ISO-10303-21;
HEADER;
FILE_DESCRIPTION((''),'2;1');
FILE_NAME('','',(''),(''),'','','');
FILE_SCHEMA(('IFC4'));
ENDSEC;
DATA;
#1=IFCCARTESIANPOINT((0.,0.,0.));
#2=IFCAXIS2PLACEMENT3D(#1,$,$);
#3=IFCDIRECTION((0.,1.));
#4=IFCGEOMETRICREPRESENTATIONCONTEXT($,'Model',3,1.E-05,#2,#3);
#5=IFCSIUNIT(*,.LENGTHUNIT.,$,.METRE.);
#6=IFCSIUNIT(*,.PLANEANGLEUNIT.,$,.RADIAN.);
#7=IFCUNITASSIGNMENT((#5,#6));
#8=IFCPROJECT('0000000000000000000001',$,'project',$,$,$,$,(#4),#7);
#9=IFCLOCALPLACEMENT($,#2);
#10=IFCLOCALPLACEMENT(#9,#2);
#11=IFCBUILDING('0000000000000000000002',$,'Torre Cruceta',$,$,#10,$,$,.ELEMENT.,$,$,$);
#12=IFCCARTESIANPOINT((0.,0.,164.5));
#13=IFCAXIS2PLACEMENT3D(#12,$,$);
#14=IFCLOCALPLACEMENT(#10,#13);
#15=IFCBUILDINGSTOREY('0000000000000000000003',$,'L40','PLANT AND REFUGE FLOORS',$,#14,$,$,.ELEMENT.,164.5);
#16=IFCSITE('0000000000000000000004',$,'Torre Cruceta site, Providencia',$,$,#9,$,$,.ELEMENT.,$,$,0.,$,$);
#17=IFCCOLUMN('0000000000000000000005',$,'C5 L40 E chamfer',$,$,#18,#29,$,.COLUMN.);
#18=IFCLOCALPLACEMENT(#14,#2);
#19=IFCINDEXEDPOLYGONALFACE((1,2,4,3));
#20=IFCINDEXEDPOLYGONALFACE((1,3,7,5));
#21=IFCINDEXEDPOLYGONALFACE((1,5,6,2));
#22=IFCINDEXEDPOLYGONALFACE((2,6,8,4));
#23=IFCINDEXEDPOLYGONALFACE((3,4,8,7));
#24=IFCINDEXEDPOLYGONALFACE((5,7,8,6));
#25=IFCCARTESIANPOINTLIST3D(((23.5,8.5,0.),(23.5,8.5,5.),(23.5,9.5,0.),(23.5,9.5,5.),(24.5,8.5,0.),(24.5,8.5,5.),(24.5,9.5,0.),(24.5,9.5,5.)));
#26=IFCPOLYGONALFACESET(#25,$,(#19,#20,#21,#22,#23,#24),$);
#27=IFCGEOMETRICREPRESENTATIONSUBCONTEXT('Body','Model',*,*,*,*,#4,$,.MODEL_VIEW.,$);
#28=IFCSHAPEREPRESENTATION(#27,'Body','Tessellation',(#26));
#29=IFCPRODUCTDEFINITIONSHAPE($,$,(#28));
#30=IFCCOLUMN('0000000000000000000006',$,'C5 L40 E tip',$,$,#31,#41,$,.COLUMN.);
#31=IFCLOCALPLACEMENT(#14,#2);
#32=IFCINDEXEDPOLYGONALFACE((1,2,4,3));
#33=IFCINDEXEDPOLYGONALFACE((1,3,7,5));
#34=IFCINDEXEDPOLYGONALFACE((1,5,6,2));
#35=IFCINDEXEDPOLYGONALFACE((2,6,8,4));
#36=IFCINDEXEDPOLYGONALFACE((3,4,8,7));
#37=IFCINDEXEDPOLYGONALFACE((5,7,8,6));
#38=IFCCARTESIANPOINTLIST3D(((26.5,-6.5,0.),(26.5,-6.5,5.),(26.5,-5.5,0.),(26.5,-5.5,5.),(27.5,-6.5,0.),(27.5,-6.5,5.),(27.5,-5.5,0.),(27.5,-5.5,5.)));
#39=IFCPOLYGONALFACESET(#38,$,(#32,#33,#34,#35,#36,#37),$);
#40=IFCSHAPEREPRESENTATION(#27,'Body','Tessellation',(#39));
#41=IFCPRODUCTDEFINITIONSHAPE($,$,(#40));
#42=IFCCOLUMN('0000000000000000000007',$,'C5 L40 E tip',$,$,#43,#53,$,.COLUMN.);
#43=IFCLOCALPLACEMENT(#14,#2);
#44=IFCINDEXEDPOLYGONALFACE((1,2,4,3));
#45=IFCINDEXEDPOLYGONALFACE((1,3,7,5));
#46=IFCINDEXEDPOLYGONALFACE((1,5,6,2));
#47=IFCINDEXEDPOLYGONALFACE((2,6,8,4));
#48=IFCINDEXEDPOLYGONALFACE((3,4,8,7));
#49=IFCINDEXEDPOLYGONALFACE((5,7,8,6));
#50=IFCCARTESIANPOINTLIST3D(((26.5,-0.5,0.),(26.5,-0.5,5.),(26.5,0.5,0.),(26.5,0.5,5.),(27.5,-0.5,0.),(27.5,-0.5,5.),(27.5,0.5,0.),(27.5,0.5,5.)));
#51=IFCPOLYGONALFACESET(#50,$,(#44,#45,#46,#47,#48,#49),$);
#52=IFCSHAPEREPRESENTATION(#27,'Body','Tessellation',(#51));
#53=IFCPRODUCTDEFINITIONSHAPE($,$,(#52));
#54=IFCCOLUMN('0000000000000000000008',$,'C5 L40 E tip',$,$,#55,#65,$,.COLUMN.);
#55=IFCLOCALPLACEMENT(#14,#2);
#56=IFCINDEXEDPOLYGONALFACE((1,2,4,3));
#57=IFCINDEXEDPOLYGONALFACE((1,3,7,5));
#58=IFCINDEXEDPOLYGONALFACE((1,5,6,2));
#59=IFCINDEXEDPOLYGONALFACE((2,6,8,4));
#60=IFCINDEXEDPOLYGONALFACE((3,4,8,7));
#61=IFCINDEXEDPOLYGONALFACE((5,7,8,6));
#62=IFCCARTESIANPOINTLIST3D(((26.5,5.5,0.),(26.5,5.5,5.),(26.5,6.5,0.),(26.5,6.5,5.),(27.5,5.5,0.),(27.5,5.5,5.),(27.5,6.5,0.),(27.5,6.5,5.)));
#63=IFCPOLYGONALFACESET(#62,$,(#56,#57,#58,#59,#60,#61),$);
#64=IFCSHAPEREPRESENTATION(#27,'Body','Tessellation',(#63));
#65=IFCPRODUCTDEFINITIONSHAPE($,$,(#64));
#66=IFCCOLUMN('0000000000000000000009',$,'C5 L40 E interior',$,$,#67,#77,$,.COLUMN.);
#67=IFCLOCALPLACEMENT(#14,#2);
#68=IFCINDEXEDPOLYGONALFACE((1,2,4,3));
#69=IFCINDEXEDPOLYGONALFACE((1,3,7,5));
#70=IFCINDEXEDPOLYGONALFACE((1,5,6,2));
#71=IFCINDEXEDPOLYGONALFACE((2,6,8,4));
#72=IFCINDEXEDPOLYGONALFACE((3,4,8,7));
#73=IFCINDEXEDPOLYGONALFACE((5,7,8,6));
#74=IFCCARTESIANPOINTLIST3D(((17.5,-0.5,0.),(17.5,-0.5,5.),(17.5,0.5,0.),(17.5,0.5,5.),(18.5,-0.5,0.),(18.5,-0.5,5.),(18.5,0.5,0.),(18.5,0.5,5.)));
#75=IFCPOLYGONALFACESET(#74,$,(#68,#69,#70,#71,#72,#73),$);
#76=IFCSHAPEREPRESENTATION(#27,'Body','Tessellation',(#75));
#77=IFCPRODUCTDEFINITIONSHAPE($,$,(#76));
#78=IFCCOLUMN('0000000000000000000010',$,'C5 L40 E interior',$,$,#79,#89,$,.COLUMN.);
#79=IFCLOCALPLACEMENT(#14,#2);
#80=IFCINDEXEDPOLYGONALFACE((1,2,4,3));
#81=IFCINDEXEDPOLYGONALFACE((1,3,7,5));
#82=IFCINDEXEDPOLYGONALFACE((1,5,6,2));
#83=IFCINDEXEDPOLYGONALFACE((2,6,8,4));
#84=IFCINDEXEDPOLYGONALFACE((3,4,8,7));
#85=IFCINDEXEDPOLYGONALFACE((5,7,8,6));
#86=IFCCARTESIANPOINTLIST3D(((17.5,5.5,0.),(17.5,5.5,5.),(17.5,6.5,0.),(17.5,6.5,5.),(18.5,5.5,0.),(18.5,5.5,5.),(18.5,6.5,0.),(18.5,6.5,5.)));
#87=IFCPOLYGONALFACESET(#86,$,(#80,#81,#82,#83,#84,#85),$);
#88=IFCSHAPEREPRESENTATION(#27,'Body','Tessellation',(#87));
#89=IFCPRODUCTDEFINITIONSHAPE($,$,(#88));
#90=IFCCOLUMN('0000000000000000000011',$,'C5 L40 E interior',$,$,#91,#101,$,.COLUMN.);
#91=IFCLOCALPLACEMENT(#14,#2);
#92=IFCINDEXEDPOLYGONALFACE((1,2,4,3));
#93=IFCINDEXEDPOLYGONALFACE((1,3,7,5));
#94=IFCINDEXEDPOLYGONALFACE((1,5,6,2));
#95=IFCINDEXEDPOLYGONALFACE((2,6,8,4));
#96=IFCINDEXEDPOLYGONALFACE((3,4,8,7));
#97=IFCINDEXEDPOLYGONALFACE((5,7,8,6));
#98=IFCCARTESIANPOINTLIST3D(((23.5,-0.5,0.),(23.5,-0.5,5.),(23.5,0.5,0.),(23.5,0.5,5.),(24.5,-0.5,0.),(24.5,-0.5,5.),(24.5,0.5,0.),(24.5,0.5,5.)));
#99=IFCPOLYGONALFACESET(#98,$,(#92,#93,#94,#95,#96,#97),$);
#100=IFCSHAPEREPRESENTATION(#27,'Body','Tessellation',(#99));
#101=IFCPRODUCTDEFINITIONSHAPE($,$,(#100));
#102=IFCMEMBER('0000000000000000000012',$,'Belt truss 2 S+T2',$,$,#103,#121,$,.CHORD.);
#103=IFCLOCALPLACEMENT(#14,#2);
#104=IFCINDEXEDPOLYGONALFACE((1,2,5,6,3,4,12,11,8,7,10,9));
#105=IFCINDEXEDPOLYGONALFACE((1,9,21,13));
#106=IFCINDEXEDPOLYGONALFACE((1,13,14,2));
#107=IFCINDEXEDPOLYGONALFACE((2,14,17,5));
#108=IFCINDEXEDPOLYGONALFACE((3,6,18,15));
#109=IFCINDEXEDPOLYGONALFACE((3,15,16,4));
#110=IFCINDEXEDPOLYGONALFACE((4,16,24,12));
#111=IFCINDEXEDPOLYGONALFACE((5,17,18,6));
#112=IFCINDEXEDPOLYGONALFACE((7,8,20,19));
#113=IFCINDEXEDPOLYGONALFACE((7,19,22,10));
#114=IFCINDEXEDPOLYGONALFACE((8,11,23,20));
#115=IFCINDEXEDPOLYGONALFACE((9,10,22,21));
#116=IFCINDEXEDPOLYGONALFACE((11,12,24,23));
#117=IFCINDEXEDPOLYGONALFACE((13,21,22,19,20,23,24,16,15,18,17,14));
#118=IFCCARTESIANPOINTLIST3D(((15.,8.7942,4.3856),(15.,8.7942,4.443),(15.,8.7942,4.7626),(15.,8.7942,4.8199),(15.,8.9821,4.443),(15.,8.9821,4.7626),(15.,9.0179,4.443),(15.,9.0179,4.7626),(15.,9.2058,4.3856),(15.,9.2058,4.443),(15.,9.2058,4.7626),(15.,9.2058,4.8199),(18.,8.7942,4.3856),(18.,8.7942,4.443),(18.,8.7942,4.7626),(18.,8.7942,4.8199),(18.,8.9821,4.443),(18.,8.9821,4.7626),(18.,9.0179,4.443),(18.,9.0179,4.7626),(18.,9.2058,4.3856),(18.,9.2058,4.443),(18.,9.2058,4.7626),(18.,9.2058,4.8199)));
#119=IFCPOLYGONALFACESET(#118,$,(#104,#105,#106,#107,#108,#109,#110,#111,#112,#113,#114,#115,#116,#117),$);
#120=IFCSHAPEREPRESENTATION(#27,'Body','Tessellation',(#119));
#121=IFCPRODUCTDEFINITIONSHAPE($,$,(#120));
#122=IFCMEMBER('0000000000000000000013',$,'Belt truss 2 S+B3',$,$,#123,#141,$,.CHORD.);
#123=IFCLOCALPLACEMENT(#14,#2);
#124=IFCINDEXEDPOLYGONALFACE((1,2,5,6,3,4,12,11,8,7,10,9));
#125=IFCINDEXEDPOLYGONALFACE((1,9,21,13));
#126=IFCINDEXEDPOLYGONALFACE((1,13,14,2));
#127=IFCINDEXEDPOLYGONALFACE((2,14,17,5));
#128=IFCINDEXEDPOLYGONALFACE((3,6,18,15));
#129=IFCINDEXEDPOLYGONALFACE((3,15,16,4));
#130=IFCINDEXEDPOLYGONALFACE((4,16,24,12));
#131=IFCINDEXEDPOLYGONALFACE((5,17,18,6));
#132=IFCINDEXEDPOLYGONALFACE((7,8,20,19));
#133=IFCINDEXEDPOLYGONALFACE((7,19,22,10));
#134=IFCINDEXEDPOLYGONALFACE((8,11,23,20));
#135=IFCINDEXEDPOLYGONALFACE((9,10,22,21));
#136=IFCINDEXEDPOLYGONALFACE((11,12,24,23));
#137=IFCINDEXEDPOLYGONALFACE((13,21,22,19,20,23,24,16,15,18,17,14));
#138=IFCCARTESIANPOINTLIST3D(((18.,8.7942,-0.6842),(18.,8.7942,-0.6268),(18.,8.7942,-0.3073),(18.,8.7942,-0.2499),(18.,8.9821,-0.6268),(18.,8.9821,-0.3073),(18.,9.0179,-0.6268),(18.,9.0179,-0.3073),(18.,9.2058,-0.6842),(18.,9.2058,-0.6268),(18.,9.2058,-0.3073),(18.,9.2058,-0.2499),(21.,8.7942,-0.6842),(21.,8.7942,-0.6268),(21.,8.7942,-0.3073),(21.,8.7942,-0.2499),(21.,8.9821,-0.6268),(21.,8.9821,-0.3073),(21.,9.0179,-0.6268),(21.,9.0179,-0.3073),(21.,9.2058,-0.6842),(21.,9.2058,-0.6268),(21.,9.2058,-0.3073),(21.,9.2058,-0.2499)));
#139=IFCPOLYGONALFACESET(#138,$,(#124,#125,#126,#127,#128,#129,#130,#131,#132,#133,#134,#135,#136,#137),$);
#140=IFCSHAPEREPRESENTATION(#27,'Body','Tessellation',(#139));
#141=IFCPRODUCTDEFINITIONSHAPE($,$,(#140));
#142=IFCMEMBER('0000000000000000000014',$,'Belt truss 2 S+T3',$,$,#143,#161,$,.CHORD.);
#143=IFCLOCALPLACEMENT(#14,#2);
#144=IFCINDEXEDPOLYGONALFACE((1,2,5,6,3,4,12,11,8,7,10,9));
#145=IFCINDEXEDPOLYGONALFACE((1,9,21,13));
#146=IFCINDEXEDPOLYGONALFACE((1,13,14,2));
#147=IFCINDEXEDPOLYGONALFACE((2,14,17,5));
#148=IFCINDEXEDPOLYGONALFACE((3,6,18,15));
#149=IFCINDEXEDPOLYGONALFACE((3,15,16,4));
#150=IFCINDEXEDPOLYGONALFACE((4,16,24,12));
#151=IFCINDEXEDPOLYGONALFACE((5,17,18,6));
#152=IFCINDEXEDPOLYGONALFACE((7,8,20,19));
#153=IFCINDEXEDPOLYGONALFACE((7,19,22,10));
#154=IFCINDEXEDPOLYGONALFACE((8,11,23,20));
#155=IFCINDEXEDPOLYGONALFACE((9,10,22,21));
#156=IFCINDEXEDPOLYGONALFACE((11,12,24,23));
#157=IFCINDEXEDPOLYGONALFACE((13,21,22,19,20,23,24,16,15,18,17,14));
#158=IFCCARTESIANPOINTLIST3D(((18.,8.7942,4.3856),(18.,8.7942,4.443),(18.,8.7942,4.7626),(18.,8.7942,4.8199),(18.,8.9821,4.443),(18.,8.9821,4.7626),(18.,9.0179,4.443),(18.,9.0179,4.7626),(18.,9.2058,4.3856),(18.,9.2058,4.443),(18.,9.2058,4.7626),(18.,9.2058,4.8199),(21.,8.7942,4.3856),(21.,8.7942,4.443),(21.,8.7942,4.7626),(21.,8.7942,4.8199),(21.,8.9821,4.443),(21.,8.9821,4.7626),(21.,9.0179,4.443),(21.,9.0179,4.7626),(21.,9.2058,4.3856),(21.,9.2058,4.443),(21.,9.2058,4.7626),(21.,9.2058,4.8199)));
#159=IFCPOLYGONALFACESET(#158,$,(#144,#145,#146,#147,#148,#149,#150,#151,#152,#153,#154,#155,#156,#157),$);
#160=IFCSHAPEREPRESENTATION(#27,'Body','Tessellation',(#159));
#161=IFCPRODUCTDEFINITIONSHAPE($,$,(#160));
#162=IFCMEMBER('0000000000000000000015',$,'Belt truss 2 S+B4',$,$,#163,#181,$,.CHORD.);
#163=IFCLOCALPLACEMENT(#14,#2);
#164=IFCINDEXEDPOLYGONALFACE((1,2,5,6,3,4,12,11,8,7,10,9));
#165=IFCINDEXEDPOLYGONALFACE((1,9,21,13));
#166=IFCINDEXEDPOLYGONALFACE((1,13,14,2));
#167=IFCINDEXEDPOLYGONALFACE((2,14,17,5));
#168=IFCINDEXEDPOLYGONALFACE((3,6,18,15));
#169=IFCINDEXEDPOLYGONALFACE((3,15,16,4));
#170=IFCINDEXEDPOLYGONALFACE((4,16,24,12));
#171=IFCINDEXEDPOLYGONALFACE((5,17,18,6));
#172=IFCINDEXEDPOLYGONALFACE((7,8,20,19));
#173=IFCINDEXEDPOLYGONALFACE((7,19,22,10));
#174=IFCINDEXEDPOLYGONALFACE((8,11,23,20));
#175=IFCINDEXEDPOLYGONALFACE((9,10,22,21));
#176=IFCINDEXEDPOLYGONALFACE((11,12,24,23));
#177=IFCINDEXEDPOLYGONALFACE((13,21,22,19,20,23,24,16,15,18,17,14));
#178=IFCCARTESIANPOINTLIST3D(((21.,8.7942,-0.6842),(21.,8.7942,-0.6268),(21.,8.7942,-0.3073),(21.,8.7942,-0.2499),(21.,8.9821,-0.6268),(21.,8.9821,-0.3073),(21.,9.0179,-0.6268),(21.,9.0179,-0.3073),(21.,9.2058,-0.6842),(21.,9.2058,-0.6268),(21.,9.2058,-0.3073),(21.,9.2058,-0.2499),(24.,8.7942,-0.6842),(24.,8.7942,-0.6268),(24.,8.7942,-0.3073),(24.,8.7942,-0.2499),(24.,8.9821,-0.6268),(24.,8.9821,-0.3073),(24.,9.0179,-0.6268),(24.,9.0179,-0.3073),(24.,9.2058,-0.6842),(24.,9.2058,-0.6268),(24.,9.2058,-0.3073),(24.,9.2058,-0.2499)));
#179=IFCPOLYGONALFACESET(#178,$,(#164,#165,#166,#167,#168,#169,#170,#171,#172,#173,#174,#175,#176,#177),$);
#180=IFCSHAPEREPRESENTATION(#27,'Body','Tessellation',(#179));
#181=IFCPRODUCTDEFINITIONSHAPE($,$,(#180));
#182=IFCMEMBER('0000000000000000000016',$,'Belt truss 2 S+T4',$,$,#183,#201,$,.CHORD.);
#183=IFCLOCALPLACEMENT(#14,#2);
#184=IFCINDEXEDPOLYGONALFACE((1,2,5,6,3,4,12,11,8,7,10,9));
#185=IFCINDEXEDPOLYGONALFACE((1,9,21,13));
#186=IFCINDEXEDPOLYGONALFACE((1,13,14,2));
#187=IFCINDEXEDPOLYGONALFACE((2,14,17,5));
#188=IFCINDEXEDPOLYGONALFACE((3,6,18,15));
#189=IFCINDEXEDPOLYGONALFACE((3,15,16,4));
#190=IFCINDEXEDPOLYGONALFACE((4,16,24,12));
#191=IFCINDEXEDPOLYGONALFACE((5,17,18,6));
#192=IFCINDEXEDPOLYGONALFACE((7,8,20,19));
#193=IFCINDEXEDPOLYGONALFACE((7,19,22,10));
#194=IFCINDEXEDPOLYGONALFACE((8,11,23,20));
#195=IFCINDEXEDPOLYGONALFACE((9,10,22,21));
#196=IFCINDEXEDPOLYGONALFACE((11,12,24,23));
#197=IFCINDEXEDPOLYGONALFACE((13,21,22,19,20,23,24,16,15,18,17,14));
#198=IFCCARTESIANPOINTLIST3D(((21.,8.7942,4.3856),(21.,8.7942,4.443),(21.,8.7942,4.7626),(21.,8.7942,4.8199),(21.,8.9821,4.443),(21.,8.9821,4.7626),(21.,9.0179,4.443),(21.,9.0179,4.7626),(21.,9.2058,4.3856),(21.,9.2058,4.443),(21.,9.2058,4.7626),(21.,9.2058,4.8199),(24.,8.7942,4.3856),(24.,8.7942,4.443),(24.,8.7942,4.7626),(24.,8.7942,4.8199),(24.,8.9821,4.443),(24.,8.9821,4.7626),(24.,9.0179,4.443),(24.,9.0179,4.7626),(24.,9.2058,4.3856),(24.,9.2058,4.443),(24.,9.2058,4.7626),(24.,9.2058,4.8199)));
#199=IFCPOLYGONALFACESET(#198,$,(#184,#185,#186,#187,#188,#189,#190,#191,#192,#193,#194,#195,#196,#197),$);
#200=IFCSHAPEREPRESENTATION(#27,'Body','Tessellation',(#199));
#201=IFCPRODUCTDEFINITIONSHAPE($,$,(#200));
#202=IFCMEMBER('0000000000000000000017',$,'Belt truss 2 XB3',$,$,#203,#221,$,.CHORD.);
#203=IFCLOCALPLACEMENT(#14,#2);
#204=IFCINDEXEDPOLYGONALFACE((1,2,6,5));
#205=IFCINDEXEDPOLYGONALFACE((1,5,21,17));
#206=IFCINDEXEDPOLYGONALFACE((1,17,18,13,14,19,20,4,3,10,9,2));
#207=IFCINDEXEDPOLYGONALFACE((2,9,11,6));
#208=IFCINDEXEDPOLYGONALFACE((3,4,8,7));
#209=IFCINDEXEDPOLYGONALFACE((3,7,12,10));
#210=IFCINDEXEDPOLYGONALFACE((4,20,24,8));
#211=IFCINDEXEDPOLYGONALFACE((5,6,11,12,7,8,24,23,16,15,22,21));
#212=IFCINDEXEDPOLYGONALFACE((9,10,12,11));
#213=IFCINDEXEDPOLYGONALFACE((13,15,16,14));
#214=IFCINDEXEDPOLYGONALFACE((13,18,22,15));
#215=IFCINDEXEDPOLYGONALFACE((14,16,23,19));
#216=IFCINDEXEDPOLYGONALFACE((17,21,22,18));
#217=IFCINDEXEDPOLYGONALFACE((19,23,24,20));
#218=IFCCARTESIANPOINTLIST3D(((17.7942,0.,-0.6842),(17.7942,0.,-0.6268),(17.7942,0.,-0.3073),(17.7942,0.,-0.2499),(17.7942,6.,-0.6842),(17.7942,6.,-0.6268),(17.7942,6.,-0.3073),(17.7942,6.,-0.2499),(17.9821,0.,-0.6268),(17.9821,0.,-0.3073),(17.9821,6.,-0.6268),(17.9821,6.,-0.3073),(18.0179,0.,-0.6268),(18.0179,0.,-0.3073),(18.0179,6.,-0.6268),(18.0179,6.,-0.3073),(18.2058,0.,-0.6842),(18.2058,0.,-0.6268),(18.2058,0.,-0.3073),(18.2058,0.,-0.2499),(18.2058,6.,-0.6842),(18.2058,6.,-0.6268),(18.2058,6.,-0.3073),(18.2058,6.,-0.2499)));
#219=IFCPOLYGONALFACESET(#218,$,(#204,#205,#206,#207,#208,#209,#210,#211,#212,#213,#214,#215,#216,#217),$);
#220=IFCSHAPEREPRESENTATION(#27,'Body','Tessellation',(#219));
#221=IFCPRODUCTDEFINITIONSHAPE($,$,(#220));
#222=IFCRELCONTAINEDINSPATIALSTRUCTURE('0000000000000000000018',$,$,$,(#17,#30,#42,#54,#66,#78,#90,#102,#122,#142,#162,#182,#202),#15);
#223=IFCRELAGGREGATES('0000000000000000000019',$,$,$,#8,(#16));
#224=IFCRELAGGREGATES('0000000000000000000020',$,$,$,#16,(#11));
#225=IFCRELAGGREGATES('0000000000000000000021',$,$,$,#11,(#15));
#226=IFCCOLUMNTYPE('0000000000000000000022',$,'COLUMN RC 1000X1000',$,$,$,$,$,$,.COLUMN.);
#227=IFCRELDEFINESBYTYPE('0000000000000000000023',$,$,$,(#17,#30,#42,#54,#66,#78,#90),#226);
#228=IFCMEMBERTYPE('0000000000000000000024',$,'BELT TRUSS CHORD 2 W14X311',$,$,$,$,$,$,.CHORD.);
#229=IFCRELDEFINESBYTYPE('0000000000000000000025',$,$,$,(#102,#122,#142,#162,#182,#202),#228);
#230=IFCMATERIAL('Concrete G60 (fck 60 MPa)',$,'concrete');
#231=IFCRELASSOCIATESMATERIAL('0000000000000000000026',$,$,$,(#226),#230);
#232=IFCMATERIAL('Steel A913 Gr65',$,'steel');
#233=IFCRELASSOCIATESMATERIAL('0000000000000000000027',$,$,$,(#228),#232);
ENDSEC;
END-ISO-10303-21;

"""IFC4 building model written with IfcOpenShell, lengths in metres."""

from ifc_helpers import new_model, si_unit, direction, frame, origin, origin_2d, place, context, subcontext, project, spatial, rectangle, i_section, extrude, material, material_profile, profile_set, type_object, element, save


model = new_model("IFC4")

# Units and contexts
model_context = context("Model", 3, precision=1e-05, world=origin(), true_north=direction((0.0, 1.0)))
body_context = subcontext(model_context, "Body", "Model", "MODEL_VIEW")
ifc_project = project(units=[si_unit("LENGTHUNIT", "METRE"), si_unit("PLANEANGLEUNIT", "RADIAN")], contexts=[model_context])

# Site, building, storey
site_placement = place(None, origin())
site = spatial("IfcSite", under=ifc_project, at=site_placement, Name="Torre Cruceta site, Providencia", CompositionType="ELEMENT", RefElevation=0.0)
building_placement = place(site_placement, origin())
building = spatial("IfcBuilding", under=site, at=building_placement, Name="Torre Cruceta", CompositionType="ELEMENT")
storey_placement = place(building_placement, frame((0.0, 0.0, 164.5)))
storey = spatial("IfcBuildingStorey", under=building, at=storey_placement, Name="L40", Description="PLANT AND REFUGE FLOORS", CompositionType="ELEMENT", Elevation=164.5)

# Columns
ifc_material_1 = material(Name="Concrete G60 (fck 60 MPa)", Category="concrete")
ifc_material_profile_1 = material_profile(ifc_material_1, rectangle(XDim=1.0, YDim=1.0, at=origin_2d()), Name="RC 1000X1000")
ifc_profile_set_1 = profile_set([ifc_material_profile_1], Name="Concrete G60 (fck 60 MPa)")
column_type = type_object("IfcColumnType", Name="COLUMN RC 1000X1000", PredefinedType="COLUMN", material=ifc_profile_set_1)
for number, where, z_axis, x_axis, name in (
    (1, (24.0, 9.0, 0.0), (0.0, 0.0, 1.0), (1.0, 0.0, 0.0), "C5 L40 E chamfer"),
    (2, (27.0, -6.0, 0.0), (0.0, 0.0, 1.0), (1.0, 0.0, 0.0), "C5 L40 E tip"),
    (3, (27.0, 0.0, 0.0), (0.0, 0.0, 1.0), (1.0, 0.0, 0.0), "C5 L40 E tip"),
    (4, (27.0, 6.0, 0.0), (0.0, 0.0, 1.0), (1.0, 0.0, 0.0), "C5 L40 E tip"),
    (5, (18.0, 0.0, 0.0), (0.0, 0.0, 1.0), (1.0, 0.0, 0.0), "C5 L40 E interior"),
    (6, (18.0, 6.0, 0.0), (0.0, 0.0, 1.0), (1.0, 0.0, 0.0), "C5 L40 E interior"),
    (7, (24.0, 0.0, 0.0), (0.0, 0.0, 1.0), (1.0, 0.0, 0.0), "C5 L40 E interior"),
):
    element("IfcColumn", number, at=place(storey_placement, frame(where, z_axis=z_axis, x_axis=x_axis)), inside=storey, type_object=column_type, Name=name, PredefinedType="COLUMN", context=body_context, shape_type="SweptSolid", body=[
        extrude(rectangle(XDim=1.0, YDim=1.0, at=origin_2d()), origin(), (0.0, 0.0, 1.0), 5.0),
    ])

# Members
ifc_material_2 = material(Name="Steel A913 Gr65", Category="steel")
ifc_material_profile_2 = material_profile(ifc_material_2, i_section(OverallWidth=0.4116, OverallDepth=0.4343, WebThickness=0.0359, FlangeThickness=0.0574, at=origin_2d()), Name="W14X311")
ifc_profile_set_2 = profile_set([ifc_material_profile_2], Name="Steel A913 Gr65")
member_type_1 = type_object("IfcMemberType", Name="BELT TRUSS CHORD 2 W14X311", PredefinedType="CHORD", material=ifc_profile_set_2)
for number, where, z_axis, x_axis, name in (
    (8, (15.0, 9.0, 4.6028), (1.0, 0.0, 0.0), (0.0, 1.0, 0.0), "Belt truss 2 S+T2"),
    (9, (18.0, 9.0, -0.467), (1.0, 0.0, 0.0), (0.0, 1.0, 0.0), "Belt truss 2 S+B3"),
    (10, (18.0, 9.0, 4.6028), (1.0, 0.0, 0.0), (0.0, 1.0, 0.0), "Belt truss 2 S+T3"),
    (11, (21.0, 9.0, -0.467), (1.0, 0.0, 0.0), (0.0, 1.0, 0.0), "Belt truss 2 S+B4"),
    (12, (21.0, 9.0, 4.6028), (1.0, 0.0, 0.0), (0.0, 1.0, 0.0), "Belt truss 2 S+T4"),
):
    element("IfcMember", number, at=place(storey_placement, frame(where, z_axis=z_axis, x_axis=x_axis)), inside=storey, type_object=member_type_1, Name=name, PredefinedType="CHORD", context=body_context, shape_type="SweptSolid", body=[
        extrude(i_section(OverallWidth=0.4116, OverallDepth=0.4343, WebThickness=0.0359, FlangeThickness=0.0574, at=origin_2d()), origin(), (0.0, 0.0, 1.0), 3.0),
    ])
for number, where, z_axis, x_axis, name in (
    (13, (18.0, 0.0, -0.467), (0.0, 1.0, 0.0), (-1.0, 0.0, 0.0), "Belt truss 2 XB3"),
):
    element("IfcMember", number, at=place(storey_placement, frame(where, z_axis=z_axis, x_axis=x_axis)), inside=storey, type_object=member_type_1, Name=name, PredefinedType="CHORD", context=body_context, shape_type="SweptSolid", body=[
        extrude(i_section(OverallWidth=0.4116, OverallDepth=0.4343, WebThickness=0.0359, FlangeThickness=0.0574, at=origin_2d()), origin(), (0.0, 0.0, 1.0), 6.0),
    ])

save(model, "model.ifc")
